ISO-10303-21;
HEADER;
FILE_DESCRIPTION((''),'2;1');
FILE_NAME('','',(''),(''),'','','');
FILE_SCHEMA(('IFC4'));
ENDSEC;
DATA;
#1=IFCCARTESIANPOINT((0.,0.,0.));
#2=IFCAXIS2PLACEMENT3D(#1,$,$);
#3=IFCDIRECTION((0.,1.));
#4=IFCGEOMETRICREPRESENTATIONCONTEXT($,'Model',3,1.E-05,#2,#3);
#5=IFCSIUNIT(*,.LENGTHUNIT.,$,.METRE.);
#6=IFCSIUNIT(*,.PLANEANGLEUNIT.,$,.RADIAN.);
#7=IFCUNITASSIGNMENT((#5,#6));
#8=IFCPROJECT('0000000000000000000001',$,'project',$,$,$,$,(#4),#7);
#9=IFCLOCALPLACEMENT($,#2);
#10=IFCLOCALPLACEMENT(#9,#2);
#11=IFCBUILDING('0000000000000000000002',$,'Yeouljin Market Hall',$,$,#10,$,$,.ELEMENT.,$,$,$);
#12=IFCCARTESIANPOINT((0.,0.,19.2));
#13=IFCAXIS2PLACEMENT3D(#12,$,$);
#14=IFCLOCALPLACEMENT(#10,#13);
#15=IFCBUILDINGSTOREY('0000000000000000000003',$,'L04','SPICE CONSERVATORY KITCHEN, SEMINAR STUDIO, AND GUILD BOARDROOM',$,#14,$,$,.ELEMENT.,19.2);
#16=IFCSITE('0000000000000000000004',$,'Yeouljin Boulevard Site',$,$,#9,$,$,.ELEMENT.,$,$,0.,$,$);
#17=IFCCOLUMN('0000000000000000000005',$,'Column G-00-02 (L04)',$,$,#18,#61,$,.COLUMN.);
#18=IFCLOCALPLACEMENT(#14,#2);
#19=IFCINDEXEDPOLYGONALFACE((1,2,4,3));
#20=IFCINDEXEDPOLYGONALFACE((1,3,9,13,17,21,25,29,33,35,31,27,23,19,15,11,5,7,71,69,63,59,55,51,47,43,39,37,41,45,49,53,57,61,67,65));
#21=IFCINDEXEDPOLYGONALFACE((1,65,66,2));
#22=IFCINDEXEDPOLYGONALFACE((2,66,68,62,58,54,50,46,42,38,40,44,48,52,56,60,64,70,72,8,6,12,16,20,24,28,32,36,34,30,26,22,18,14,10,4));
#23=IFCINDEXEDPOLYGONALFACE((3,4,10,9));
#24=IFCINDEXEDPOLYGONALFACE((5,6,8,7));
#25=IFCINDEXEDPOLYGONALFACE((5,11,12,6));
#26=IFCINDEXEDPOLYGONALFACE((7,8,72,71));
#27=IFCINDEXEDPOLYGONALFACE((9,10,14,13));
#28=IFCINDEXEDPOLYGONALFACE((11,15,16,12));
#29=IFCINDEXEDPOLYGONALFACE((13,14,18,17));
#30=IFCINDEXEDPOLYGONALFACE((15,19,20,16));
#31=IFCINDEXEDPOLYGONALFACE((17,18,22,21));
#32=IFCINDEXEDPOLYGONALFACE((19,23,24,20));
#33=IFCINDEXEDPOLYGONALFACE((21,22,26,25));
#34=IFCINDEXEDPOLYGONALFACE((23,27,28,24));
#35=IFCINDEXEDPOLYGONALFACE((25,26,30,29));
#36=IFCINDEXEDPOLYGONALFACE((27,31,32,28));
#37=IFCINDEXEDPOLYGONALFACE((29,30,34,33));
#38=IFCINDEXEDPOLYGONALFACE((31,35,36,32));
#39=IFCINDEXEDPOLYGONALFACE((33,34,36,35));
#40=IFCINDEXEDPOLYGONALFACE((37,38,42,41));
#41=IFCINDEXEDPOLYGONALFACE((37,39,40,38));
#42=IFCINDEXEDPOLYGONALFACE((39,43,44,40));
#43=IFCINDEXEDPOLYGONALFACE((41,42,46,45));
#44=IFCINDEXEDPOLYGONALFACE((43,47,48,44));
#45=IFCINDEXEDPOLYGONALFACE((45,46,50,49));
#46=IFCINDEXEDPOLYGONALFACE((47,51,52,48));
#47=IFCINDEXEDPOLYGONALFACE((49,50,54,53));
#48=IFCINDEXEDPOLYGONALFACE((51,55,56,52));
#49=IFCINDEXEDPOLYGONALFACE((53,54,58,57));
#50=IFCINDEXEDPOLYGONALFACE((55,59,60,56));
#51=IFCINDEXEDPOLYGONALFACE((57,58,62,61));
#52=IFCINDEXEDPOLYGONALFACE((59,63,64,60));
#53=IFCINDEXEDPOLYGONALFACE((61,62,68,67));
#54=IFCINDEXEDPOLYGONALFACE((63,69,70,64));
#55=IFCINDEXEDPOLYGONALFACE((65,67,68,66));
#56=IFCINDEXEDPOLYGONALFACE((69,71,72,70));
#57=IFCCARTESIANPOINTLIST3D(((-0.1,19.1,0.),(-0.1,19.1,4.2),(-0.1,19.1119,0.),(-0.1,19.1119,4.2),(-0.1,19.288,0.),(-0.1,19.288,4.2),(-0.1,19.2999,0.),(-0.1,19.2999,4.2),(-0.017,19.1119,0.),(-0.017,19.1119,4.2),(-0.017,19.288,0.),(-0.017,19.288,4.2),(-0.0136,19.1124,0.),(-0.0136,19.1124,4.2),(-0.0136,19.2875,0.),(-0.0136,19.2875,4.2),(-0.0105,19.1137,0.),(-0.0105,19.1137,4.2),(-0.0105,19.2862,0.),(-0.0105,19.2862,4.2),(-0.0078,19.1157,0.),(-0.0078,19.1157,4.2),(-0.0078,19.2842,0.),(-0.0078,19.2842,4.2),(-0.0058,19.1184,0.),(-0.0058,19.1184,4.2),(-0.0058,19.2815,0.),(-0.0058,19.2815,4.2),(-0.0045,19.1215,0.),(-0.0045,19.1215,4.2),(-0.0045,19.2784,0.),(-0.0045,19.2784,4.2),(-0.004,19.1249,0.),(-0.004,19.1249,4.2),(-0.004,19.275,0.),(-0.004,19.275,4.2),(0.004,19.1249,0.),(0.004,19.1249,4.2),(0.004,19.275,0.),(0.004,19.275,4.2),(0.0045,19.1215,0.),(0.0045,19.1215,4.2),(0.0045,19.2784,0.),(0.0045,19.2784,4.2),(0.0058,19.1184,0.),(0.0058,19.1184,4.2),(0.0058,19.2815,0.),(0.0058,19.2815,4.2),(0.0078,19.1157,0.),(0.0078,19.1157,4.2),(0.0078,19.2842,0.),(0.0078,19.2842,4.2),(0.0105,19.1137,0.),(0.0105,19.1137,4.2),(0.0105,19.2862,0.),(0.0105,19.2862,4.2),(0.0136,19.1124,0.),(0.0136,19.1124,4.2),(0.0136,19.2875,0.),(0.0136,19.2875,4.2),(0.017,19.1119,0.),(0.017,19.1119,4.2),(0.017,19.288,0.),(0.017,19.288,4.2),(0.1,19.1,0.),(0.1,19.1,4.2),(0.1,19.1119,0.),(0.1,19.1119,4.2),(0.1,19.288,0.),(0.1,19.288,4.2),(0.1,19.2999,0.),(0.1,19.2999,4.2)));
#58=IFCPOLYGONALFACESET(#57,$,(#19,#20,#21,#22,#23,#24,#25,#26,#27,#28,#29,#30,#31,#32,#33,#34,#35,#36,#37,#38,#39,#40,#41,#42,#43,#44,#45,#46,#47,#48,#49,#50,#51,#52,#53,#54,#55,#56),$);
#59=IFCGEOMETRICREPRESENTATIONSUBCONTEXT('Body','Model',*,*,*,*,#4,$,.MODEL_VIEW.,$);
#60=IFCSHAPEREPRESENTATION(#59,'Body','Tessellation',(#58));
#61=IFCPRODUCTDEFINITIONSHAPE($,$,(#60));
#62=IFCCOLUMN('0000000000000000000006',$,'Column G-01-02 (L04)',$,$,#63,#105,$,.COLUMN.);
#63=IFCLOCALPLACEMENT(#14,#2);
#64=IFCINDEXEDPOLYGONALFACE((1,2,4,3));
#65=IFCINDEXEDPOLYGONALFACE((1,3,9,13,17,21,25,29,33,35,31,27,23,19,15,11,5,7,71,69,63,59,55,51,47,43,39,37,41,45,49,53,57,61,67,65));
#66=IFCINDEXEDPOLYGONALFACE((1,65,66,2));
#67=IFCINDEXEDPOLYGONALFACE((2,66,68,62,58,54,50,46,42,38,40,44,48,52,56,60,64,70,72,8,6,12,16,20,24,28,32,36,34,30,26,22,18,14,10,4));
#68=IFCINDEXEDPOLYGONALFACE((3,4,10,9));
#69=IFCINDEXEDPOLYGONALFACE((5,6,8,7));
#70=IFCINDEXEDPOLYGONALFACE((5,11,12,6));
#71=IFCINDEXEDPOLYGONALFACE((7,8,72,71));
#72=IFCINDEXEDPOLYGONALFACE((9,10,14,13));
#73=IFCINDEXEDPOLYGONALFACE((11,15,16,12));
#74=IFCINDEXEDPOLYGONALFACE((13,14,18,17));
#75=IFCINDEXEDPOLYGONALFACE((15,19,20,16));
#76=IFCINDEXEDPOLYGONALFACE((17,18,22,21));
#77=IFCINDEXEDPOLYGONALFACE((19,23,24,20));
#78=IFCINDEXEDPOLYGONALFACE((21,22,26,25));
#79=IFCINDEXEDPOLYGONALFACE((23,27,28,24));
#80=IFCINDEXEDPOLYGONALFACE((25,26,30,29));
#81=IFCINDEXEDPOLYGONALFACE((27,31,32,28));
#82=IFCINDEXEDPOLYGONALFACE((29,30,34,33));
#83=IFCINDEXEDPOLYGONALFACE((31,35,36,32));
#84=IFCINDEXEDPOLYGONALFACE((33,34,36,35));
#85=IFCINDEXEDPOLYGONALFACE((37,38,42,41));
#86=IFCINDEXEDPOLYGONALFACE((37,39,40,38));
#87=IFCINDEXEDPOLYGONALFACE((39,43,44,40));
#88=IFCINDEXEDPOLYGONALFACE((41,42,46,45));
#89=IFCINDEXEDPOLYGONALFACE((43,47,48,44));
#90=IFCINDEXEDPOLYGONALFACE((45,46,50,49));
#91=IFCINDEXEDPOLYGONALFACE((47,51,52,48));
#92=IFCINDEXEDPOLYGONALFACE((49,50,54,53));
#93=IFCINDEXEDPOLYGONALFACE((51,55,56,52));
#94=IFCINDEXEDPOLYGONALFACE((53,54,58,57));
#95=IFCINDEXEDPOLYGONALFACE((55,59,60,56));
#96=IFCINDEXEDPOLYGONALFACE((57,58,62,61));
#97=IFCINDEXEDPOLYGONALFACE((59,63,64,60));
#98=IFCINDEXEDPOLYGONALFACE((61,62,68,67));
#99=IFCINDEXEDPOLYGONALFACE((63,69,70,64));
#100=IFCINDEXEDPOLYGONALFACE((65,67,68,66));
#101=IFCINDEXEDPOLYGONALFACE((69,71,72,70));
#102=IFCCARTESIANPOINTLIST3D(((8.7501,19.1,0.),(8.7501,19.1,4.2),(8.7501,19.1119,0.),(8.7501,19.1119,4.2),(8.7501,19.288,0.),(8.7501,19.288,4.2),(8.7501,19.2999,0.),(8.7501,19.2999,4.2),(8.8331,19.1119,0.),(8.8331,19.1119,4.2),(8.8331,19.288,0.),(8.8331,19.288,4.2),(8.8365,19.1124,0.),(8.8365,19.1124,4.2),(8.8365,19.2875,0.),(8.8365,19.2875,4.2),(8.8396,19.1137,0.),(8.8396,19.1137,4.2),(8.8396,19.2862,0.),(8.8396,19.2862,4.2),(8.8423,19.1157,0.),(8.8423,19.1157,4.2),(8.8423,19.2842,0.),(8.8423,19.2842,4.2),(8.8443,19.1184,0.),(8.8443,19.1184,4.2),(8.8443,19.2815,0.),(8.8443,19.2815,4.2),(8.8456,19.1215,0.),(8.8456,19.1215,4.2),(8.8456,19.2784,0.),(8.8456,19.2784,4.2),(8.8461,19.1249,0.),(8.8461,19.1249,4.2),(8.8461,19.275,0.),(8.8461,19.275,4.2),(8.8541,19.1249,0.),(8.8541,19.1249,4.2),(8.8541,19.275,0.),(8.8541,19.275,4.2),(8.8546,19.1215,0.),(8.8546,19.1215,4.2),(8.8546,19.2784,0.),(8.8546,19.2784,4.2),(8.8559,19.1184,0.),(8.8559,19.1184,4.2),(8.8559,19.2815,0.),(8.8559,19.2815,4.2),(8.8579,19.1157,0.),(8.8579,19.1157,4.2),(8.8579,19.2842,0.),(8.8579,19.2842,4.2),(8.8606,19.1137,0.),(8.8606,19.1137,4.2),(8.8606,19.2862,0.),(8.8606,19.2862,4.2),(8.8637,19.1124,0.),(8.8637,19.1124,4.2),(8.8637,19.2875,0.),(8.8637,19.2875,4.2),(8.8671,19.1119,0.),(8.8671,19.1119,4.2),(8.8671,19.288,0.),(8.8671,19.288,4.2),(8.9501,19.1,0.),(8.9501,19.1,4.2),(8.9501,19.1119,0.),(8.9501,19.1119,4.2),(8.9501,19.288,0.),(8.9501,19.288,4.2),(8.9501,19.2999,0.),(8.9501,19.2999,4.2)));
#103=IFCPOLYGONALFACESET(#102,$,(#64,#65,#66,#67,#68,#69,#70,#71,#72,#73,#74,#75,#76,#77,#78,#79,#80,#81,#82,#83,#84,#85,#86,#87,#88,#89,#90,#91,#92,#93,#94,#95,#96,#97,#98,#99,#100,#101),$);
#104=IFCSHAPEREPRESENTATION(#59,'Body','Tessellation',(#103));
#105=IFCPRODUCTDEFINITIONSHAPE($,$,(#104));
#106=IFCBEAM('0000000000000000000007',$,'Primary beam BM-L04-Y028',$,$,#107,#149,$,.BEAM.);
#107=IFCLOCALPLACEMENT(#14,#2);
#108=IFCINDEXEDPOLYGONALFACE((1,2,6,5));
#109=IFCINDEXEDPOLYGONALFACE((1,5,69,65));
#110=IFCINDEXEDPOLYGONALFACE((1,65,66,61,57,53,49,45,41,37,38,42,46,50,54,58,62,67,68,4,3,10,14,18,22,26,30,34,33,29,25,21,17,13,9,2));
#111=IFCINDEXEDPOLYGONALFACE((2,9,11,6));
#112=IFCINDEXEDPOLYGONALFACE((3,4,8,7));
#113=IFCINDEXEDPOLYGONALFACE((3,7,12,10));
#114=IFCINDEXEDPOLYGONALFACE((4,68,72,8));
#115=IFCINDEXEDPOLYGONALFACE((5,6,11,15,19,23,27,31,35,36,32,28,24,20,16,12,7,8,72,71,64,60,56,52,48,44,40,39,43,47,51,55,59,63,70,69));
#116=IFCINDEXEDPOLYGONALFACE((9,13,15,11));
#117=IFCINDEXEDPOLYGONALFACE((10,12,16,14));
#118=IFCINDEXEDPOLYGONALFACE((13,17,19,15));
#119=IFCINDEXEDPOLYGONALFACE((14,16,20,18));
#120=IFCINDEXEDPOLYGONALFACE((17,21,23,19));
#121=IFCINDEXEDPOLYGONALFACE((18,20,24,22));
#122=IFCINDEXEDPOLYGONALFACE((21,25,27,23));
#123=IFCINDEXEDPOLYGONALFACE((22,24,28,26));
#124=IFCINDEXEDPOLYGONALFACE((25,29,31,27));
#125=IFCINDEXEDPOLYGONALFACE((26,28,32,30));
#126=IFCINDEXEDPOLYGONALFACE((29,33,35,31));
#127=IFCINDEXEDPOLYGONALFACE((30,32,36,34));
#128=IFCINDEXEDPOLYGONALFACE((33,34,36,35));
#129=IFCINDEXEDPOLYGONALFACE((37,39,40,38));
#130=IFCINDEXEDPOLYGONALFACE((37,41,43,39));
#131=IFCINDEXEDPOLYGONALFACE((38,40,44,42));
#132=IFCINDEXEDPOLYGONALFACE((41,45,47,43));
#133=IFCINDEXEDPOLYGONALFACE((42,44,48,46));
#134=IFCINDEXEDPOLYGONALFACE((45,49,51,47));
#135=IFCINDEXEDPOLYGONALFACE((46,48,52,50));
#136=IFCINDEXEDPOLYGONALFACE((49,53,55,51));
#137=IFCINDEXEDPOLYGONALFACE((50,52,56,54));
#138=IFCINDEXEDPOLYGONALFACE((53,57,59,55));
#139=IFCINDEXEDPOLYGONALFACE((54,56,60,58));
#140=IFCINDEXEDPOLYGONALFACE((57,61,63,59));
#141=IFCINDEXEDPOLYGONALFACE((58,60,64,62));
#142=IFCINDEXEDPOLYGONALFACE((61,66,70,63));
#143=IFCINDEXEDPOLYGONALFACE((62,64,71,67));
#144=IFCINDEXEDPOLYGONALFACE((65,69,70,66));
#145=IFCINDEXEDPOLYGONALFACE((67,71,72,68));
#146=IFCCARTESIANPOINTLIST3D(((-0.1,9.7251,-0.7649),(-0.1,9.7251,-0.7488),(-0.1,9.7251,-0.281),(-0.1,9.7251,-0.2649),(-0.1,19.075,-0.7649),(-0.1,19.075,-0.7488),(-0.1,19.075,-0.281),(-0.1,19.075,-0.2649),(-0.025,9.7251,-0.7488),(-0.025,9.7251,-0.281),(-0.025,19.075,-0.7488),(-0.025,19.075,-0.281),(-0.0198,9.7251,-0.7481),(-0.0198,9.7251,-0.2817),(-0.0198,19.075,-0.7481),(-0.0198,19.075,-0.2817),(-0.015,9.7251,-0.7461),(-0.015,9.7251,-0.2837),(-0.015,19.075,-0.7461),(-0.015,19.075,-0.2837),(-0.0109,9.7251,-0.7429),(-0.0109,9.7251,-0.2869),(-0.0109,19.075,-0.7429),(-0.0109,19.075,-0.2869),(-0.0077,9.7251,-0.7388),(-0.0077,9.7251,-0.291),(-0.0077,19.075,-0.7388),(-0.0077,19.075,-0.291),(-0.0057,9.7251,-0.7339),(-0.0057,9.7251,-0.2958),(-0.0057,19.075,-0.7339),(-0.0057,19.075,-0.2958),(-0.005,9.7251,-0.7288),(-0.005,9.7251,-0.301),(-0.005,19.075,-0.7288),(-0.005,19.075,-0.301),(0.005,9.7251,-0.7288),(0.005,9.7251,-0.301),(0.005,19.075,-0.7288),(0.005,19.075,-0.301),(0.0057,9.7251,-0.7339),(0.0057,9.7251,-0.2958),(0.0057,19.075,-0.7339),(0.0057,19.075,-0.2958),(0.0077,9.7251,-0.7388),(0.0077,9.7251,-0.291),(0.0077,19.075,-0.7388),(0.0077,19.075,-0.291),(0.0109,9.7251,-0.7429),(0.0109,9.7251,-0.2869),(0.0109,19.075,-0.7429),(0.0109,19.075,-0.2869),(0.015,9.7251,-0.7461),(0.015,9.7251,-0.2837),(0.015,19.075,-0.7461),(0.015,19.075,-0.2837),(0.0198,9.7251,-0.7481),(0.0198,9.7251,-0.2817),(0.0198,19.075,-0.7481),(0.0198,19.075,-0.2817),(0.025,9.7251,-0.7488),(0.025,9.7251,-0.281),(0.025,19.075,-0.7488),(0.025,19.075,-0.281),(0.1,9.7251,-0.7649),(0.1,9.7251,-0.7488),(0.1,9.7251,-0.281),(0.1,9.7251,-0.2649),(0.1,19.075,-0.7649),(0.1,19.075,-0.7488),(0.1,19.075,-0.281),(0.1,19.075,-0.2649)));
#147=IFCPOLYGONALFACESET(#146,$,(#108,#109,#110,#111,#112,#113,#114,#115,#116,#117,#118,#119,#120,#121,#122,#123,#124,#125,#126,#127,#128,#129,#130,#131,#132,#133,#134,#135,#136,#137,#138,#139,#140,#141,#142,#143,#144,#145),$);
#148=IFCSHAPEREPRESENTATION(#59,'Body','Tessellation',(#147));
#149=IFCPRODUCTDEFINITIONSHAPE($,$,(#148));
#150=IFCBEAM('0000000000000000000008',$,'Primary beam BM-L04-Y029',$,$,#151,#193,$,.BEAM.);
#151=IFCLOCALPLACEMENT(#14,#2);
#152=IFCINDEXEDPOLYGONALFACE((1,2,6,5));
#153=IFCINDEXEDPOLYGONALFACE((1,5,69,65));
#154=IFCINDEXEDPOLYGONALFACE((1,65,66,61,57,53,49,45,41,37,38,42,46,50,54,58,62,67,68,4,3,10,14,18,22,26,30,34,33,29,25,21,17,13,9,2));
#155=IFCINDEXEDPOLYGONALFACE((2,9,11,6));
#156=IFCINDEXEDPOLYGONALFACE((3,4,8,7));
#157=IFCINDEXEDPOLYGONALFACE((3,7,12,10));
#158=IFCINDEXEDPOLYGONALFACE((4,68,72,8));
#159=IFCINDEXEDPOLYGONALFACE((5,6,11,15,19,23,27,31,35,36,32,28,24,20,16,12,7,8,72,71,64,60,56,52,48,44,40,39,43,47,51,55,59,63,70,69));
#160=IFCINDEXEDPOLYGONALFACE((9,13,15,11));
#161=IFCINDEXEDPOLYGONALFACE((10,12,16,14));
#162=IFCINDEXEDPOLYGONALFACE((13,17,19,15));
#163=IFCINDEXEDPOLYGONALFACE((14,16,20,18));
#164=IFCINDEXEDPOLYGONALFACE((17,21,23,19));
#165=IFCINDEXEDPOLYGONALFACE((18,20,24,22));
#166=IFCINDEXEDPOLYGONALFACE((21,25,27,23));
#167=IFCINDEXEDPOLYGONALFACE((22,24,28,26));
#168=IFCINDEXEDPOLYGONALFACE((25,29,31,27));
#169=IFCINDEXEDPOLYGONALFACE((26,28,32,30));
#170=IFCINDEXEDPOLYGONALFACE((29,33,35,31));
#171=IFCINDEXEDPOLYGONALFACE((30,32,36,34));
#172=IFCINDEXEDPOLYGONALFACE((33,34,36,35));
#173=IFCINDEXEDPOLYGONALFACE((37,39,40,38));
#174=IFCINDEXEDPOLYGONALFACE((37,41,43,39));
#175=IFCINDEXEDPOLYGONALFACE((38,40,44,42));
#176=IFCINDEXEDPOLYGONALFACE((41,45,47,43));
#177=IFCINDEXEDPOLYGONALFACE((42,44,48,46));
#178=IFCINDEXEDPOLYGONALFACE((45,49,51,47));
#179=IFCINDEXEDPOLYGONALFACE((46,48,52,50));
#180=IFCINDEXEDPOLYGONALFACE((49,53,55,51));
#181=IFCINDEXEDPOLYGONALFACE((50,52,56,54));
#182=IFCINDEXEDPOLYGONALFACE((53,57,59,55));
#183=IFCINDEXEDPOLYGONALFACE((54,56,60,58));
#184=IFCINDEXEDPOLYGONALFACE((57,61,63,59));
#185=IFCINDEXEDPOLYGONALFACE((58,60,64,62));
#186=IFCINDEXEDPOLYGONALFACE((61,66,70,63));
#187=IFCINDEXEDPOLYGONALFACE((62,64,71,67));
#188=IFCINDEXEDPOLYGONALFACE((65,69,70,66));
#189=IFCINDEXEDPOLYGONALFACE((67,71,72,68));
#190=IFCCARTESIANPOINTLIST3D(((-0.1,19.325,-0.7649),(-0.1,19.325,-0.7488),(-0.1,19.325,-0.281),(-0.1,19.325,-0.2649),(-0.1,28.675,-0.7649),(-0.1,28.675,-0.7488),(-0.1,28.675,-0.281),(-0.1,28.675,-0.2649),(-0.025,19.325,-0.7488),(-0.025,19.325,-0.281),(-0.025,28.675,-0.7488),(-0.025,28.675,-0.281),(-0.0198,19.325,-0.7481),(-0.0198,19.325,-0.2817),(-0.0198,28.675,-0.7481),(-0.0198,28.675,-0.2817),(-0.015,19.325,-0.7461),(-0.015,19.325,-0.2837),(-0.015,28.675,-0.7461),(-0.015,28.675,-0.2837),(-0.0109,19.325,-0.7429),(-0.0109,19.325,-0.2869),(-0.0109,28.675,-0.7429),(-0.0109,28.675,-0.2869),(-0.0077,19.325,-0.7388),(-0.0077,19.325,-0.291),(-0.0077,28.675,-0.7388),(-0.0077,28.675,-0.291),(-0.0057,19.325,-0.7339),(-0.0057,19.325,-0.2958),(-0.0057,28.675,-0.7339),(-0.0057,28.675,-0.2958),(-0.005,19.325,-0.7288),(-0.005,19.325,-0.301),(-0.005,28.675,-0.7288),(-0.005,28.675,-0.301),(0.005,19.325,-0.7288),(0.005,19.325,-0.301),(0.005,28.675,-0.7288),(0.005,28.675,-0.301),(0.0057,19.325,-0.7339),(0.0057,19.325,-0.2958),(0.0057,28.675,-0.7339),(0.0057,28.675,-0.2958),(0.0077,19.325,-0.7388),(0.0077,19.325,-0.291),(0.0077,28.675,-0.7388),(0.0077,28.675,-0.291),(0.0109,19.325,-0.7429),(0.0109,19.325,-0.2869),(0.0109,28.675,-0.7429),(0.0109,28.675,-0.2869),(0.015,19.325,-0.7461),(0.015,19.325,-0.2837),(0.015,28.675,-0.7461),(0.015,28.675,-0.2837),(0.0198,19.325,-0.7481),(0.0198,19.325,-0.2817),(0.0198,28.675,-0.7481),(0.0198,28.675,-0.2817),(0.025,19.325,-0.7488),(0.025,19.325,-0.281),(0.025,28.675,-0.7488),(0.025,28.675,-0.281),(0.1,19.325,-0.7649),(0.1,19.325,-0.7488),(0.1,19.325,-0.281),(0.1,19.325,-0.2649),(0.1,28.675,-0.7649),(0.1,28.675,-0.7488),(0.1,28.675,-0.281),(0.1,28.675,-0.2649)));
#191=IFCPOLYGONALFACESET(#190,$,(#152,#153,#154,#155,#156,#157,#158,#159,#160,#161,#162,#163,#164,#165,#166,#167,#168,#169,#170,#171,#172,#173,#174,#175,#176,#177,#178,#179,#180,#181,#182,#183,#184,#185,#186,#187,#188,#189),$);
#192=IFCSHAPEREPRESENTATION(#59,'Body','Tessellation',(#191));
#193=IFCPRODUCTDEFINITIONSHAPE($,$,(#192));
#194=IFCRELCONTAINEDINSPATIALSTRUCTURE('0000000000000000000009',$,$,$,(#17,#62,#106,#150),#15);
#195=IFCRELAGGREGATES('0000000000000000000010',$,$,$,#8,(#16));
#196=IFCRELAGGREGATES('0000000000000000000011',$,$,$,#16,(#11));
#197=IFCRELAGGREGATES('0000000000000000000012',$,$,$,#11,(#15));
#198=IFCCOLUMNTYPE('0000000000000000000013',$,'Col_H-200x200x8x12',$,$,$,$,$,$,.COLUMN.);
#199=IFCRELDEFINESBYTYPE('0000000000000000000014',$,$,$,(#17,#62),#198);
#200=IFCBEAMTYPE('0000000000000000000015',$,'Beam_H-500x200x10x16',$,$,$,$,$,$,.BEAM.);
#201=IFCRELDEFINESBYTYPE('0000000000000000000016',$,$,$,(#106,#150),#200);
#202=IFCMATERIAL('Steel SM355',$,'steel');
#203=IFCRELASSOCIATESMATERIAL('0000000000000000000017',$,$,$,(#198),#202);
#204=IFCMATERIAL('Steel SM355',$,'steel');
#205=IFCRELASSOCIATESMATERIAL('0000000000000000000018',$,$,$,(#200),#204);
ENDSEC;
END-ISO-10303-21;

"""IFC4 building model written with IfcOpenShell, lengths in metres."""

from ifc_helpers import new_model, si_unit, direction, frame, origin, origin_2d, place, context, subcontext, project, spatial, i_section, extrude, material, material_profile, profile_set, type_object, element, save


model = new_model("IFC4")

# Units and contexts
model_context = context("Model", 3, precision=1e-05, world=origin(), true_north=direction((0.0, 1.0)))
body_context = subcontext(model_context, "Body", "Model", "MODEL_VIEW")
ifc_project = project(units=[si_unit("LENGTHUNIT", "METRE"), si_unit("PLANEANGLEUNIT", "RADIAN")], contexts=[model_context])

# Site, building, storey
site_placement = place(None, origin())
site = spatial("IfcSite", under=ifc_project, at=site_placement, Name="Yeouljin Boulevard Site", CompositionType="ELEMENT", RefElevation=0.0)
building_placement = place(site_placement, origin())
building = spatial("IfcBuilding", under=site, at=building_placement, Name="Yeouljin Market Hall", CompositionType="ELEMENT")
storey_placement = place(building_placement, frame((0.0, 0.0, 19.2)))
storey = spatial("IfcBuildingStorey", under=building, at=storey_placement, Name="L04", Description="SPICE CONSERVATORY KITCHEN, SEMINAR STUDIO, AND GUILD BOARDROOM", CompositionType="ELEMENT", Elevation=19.2)

# Columns
ifc_material_1 = material(Name="Steel SM355", Category="steel")
ifc_material_profile_1 = material_profile(ifc_material_1, i_section(OverallWidth=0.2, OverallDepth=0.2, WebThickness=0.0081, FlangeThickness=0.012, FilletRadius=0.0129, at=origin_2d()), Name="H-200x200x8x12")
ifc_profile_set_1 = profile_set([ifc_material_profile_1], Name="Steel SM355")
column_type = type_object("IfcColumnType", Name="Col_H-200x200x8x12", PredefinedType="COLUMN", material=ifc_profile_set_1)
for number, where, z_axis, x_axis, name in (
    (1, (0.0, 19.2, 0.0), (0.0, 0.0, 1.0), (1.0, 0.0, 0.0), "Column G-00-02 (L04)"),
    (2, (8.8501, 19.2, 0.0), (0.0, 0.0, 1.0), (1.0, 0.0, 0.0), "Column G-01-02 (L04)"),
):
    element("IfcColumn", number, at=place(storey_placement, frame(where, z_axis=z_axis, x_axis=x_axis)), inside=storey, type_object=column_type, Name=name, PredefinedType="COLUMN", context=body_context, shape_type="SweptSolid", body=[
        extrude(i_section(OverallWidth=0.2, OverallDepth=0.2, WebThickness=0.0081, FlangeThickness=0.012, FilletRadius=0.0129, at=origin_2d()), origin(), (0.0, 0.0, 1.0), 4.2),
    ])

# Beams
ifc_material_2 = material(Name="Steel SM355", Category="steel")
ifc_material_profile_2 = material_profile(ifc_material_2, i_section(OverallWidth=0.2, OverallDepth=0.5, WebThickness=0.01, FlangeThickness=0.0161, FilletRadius=0.02, at=origin_2d()), Name="H-500x200x10x16")
ifc_profile_set_2 = profile_set([ifc_material_profile_2], Name="Steel SM355")
beam_type_1 = type_object("IfcBeamType", Name="Beam_H-500x200x10x16", PredefinedType="BEAM", material=ifc_profile_set_2)
beam_1_placement = place(storey_placement, frame((0.0, 9.7251, -0.5149), z_axis=(0.0, 1.0, 0.0), x_axis=(-1.0, 0.0, 0.0)))
element("IfcBeam", 3, at=beam_1_placement, inside=storey, type_object=beam_type_1, Name="Primary beam BM-L04-Y028", PredefinedType="BEAM", context=body_context, shape_type="SweptSolid", body=[
    extrude(i_section(OverallWidth=0.2, OverallDepth=0.5, WebThickness=0.01, FlangeThickness=0.0161, FilletRadius=0.02, at=origin_2d()), origin(), (0.0, 0.0, 1.0), 9.3499),
])
beam_2_placement = place(storey_placement, frame((0.0, 19.325, -0.5149), z_axis=(0.0, 1.0, 0.0), x_axis=(-1.0, 0.0, 0.0)))
element("IfcBeam", 4, at=beam_2_placement, inside=storey, type_object=beam_type_1, Name="Primary beam BM-L04-Y029", PredefinedType="BEAM", context=body_context, shape_type="SweptSolid", body=[
    extrude(i_section(OverallWidth=0.2, OverallDepth=0.5, WebThickness=0.01, FlangeThickness=0.0161, FilletRadius=0.02, at=origin_2d()), origin(), (0.0, 0.0, 1.0), 9.3501),
])

save(model, "model.ifc")
